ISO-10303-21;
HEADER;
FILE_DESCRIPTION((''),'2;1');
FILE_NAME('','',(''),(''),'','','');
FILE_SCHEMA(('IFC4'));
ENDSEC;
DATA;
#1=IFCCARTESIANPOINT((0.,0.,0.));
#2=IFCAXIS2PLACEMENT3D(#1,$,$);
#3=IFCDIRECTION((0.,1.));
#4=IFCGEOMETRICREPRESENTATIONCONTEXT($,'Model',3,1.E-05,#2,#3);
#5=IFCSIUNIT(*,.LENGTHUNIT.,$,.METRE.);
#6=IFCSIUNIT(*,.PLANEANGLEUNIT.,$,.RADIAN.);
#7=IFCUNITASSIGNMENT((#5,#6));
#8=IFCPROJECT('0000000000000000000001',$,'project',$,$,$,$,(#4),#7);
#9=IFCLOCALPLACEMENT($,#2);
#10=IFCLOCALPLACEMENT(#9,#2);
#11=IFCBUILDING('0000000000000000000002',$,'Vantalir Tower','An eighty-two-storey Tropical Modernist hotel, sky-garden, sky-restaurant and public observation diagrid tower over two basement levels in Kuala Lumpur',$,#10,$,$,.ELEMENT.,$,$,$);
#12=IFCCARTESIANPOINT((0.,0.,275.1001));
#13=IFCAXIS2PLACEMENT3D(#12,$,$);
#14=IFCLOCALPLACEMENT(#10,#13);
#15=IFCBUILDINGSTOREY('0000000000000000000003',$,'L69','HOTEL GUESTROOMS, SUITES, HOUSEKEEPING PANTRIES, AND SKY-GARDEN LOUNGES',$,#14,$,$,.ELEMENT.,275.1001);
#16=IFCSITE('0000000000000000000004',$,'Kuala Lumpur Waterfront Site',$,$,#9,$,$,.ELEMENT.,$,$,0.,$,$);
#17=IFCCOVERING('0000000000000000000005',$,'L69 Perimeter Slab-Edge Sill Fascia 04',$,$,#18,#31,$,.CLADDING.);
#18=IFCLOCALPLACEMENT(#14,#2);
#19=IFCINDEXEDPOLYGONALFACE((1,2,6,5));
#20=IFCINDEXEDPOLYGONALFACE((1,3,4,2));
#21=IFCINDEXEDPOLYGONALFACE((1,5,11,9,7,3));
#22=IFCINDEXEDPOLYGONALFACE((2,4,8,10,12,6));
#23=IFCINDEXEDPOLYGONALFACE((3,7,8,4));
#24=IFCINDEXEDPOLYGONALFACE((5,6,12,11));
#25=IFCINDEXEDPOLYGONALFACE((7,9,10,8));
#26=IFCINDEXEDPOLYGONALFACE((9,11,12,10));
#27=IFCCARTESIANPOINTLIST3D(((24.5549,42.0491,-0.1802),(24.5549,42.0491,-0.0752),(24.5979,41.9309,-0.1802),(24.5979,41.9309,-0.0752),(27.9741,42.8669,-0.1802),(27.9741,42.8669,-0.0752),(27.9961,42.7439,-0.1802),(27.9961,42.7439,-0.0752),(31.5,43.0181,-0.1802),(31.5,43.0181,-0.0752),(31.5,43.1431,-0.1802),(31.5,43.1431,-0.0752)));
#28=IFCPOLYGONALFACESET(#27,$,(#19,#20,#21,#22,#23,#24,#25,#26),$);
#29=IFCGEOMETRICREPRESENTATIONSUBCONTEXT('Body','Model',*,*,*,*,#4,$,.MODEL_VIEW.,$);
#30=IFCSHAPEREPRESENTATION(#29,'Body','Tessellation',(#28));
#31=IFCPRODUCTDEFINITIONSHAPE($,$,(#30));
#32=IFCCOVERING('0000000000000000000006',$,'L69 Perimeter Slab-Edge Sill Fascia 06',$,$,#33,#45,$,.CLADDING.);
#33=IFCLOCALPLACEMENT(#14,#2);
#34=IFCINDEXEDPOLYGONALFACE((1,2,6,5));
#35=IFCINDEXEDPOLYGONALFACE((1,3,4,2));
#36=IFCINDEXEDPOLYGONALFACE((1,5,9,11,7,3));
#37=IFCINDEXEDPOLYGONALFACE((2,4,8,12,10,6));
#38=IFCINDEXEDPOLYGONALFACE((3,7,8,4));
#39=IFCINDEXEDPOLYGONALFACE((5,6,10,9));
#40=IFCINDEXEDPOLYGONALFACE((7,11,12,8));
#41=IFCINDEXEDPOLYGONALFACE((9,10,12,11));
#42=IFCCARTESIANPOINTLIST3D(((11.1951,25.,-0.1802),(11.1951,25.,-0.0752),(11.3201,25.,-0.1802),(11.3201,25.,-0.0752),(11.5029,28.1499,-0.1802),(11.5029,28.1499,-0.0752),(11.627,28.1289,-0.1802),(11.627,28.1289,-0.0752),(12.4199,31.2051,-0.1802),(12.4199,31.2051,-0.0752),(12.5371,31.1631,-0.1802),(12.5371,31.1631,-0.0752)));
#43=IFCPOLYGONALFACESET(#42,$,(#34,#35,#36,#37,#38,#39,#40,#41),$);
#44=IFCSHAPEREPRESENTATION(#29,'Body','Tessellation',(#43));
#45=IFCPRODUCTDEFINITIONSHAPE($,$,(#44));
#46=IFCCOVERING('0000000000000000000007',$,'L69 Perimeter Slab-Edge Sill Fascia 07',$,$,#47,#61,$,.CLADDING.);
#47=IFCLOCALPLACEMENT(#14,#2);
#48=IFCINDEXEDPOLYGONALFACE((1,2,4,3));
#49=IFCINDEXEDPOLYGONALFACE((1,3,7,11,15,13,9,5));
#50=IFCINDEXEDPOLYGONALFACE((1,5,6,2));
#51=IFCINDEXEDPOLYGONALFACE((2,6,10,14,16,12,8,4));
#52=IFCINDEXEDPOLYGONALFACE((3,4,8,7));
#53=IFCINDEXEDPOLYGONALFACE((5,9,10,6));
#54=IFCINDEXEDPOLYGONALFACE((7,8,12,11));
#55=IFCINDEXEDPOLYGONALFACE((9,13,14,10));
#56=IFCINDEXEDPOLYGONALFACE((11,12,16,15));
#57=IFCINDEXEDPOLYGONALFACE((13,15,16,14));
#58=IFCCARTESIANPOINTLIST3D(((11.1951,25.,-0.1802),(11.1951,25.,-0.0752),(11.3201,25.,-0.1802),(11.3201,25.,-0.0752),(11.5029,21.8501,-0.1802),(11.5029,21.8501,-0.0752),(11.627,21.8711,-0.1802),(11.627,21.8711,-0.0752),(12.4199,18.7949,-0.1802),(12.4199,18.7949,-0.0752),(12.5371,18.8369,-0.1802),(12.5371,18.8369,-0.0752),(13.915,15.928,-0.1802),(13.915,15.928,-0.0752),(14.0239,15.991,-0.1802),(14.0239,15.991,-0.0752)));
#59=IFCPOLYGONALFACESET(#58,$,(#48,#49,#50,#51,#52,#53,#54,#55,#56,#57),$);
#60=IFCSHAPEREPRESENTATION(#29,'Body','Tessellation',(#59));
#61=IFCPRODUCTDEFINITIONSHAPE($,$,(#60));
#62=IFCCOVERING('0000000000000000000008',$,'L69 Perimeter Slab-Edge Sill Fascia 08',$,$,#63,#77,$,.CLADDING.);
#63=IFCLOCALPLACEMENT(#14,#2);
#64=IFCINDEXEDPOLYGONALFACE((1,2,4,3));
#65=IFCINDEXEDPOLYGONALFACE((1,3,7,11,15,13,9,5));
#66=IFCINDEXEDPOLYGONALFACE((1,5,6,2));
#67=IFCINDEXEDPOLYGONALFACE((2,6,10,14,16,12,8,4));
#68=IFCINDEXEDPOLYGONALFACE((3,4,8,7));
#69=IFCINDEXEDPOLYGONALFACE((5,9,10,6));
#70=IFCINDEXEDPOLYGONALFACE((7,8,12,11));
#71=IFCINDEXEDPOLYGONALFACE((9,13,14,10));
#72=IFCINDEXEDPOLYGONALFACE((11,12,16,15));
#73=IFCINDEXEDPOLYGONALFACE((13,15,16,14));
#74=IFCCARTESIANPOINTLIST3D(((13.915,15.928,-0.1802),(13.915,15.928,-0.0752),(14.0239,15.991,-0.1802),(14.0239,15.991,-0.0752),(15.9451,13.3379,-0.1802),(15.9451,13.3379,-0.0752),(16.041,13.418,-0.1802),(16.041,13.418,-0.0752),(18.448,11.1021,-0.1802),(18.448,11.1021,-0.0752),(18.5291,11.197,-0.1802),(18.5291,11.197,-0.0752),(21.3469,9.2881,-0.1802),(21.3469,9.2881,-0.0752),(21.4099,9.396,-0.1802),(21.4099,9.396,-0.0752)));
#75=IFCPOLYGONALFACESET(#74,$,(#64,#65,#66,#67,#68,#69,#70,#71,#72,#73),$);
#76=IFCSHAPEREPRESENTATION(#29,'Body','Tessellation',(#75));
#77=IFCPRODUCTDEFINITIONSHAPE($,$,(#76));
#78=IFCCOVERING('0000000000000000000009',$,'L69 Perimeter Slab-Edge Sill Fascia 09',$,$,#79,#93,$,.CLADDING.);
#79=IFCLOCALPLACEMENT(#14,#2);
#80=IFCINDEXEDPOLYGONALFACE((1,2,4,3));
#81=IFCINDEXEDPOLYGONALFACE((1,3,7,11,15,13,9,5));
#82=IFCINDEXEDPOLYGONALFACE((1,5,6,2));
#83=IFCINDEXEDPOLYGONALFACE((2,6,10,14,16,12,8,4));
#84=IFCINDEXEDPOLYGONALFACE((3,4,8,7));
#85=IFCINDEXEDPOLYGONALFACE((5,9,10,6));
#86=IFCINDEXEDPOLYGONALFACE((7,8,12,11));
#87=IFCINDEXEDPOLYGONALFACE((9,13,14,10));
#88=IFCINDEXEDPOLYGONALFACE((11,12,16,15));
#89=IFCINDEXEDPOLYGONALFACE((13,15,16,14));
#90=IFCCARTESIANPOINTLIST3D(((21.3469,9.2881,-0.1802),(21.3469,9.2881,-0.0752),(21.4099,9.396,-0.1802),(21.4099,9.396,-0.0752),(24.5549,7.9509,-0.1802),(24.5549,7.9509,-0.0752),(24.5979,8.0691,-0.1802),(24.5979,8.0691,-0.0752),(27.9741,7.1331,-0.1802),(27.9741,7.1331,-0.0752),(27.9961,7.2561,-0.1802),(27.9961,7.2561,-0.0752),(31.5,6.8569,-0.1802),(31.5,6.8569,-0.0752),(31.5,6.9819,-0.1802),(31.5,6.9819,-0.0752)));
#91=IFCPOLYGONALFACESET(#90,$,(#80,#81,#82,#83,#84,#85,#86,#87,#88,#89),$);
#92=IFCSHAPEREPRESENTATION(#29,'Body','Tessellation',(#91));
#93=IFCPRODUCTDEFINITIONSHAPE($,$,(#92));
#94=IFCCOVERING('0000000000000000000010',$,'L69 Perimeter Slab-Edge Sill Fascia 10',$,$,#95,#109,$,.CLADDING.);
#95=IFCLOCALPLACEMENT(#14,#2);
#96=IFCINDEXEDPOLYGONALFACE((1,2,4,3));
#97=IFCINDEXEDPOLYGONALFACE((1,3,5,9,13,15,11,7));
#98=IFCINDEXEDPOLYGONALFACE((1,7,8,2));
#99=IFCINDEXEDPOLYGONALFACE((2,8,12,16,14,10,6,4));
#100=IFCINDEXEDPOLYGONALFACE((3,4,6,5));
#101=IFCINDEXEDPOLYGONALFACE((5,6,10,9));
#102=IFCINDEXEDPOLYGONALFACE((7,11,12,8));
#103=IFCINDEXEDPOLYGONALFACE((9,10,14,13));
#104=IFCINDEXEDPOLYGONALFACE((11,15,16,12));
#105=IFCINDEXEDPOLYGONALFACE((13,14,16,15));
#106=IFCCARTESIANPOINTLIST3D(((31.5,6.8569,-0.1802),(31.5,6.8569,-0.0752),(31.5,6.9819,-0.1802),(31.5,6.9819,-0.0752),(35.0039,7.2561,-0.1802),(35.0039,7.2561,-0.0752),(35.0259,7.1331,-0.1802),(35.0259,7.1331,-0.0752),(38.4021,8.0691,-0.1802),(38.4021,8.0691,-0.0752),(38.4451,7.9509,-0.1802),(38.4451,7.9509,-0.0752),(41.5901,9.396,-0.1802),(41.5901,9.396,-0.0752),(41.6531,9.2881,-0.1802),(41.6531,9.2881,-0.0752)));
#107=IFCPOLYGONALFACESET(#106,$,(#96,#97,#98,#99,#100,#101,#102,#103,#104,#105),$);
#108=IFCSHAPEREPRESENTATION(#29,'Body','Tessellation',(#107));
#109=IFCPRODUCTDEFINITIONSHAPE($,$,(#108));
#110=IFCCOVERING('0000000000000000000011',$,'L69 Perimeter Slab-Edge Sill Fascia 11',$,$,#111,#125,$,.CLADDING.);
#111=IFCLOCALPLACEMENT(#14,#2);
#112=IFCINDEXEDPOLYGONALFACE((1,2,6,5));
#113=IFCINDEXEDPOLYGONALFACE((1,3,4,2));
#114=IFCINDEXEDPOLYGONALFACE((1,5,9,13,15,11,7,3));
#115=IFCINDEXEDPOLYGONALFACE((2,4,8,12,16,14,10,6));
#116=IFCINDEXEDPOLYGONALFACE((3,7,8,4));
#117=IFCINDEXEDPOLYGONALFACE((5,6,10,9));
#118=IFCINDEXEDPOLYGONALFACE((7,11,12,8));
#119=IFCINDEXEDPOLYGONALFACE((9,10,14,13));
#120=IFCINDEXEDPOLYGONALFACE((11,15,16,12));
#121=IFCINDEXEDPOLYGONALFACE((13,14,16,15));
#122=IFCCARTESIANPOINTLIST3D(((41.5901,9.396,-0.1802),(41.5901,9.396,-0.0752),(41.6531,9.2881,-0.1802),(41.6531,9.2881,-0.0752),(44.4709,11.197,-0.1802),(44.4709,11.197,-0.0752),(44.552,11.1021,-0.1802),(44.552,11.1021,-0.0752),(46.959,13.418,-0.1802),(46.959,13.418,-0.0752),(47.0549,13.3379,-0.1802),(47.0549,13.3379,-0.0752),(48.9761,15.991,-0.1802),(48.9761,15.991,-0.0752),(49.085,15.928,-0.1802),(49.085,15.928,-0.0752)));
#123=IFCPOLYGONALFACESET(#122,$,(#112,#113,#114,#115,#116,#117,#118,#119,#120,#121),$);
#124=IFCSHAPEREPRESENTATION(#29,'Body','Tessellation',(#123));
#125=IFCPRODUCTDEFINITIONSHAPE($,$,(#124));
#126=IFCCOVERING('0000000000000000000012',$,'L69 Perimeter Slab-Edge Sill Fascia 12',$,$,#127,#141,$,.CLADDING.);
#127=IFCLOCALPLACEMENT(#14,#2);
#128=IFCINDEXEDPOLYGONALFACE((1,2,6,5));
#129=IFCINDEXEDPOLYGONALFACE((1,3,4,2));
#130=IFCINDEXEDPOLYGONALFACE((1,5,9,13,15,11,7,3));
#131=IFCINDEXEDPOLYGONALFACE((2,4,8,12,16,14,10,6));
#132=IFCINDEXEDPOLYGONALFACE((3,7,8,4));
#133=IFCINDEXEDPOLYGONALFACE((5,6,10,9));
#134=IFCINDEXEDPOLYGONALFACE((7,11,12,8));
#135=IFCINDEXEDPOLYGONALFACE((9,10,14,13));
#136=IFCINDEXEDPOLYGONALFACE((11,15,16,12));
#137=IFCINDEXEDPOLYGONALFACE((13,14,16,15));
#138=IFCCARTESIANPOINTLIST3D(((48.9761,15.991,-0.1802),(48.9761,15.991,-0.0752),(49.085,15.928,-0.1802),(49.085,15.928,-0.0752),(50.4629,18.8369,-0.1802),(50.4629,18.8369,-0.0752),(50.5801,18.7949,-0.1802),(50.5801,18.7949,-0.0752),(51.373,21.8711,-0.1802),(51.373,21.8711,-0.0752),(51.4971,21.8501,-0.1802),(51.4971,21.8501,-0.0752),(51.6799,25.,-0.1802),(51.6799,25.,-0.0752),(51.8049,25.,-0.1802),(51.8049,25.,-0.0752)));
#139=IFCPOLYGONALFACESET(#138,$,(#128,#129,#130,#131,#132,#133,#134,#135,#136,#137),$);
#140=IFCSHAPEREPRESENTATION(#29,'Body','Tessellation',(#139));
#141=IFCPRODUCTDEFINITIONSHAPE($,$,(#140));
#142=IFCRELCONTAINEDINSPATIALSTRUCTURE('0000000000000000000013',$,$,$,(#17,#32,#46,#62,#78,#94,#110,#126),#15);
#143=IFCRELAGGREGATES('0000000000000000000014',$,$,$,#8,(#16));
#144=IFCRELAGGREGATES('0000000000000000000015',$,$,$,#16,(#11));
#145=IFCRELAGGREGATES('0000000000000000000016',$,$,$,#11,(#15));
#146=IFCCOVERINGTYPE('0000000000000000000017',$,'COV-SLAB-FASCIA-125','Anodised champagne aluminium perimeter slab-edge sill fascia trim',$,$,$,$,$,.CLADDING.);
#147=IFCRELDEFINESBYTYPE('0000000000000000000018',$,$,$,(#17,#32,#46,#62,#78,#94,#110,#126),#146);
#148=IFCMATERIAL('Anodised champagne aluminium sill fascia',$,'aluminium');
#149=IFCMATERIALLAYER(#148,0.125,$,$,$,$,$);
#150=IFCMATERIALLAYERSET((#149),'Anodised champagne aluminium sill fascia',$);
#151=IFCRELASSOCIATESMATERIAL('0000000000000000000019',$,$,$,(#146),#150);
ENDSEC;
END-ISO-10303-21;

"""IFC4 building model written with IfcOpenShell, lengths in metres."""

from ifc_helpers import new_model, si_unit, direction, frame, origin, place, context, subcontext, project, spatial, polyline, outline, extrude, material, layer, layer_set, type_object, element, save


model = new_model("IFC4")

# Units and contexts
model_context = context("Model", 3, precision=1e-05, world=origin(), true_north=direction((0.0, 1.0)))
body_context = subcontext(model_context, "Body", "Model", "MODEL_VIEW")
ifc_project = project(units=[si_unit("LENGTHUNIT", "METRE"), si_unit("PLANEANGLEUNIT", "RADIAN")], contexts=[model_context])

# Site, building, storey
site_placement = place(None, origin())
site = spatial("IfcSite", under=ifc_project, at=site_placement, Name="Kuala Lumpur Waterfront Site", CompositionType="ELEMENT", RefElevation=0.0)
building_placement = place(site_placement, origin())
building = spatial("IfcBuilding", under=site, at=building_placement, Name="Vantalir Tower", Description="An eighty-two-storey Tropical Modernist hotel, sky-garden, sky-restaurant and public observation diagrid tower over two basement levels in Kuala Lumpur", CompositionType="ELEMENT")
storey_placement = place(building_placement, frame((0.0, 0.0, 275.1001)))
storey = spatial("IfcBuildingStorey", under=building, at=storey_placement, Name="L69", Description="HOTEL GUESTROOMS, SUITES, HOUSEKEEPING PANTRIES, AND SKY-GARDEN LOUNGES", CompositionType="ELEMENT", Elevation=275.1001)

# Coverings
ifc_material_1 = material(Name="Anodised champagne aluminium sill fascia", Category="aluminium")
ifc_layer_1 = layer(ifc_material_1, 0.125)
ifc_layer_set_1 = layer_set([ifc_layer_1], Name="Anodised champagne aluminium sill fascia")
covering_type = type_object("IfcCoveringType", Name="COV-SLAB-FASCIA-125", Description="Anodised champagne aluminium perimeter slab-edge sill fascia trim", PredefinedType="CLADDING", material=ifc_layer_set_1)
covering_1_placement = place(storey_placement, frame((0.0, 0.0, -0.1802)))
element("IfcCovering", 1, at=covering_1_placement, inside=storey, type_object=covering_type, Name="L69 Perimeter Slab-Edge Sill Fascia 04", PredefinedType="CLADDING", context=body_context, shape_type="SweptSolid", body=[
    extrude(outline(polyline([(31.5, 43.1431), (27.9741, 42.8669), (24.5549, 42.0491), (24.5979, 41.9309), (27.9961, 42.7439), (31.5, 43.0181), (31.5, 43.1431)])), origin(), (0.0, 0.0, 1.0), 0.105),
])
covering_2_placement = place(storey_placement, frame((0.0, 0.0, -0.1802)))
element("IfcCovering", 2, at=covering_2_placement, inside=storey, type_object=covering_type, Name="L69 Perimeter Slab-Edge Sill Fascia 06", PredefinedType="CLADDING", context=body_context, shape_type="SweptSolid", body=[
    extrude(outline(polyline([(12.4199, 31.2051), (11.5029, 28.1499), (11.1951, 25.0), (11.3201, 25.0), (11.627, 28.1289), (12.5371, 31.1631), (12.4199, 31.2051)])), origin(), (0.0, 0.0, 1.0), 0.105),
])
covering_3_placement = place(storey_placement, frame((0.0, 0.0, -0.1802)))
element("IfcCovering", 3, at=covering_3_placement, inside=storey, type_object=covering_type, Name="L69 Perimeter Slab-Edge Sill Fascia 07", PredefinedType="CLADDING", context=body_context, shape_type="SweptSolid", body=[
    extrude(outline(polyline([(11.1951, 25.0), (11.5029, 21.8501), (12.4199, 18.7949), (13.915, 15.928), (14.0239, 15.991), (12.5371, 18.8369), (11.627, 21.8711), (11.3201, 25.0), (11.1951, 25.0)])), origin(), (0.0, 0.0, 1.0), 0.105),
])
covering_4_placement = place(storey_placement, frame((0.0, 0.0, -0.1802)))
element("IfcCovering", 4, at=covering_4_placement, inside=storey, type_object=covering_type, Name="L69 Perimeter Slab-Edge Sill Fascia 08", PredefinedType="CLADDING", context=body_context, shape_type="SweptSolid", body=[
    extrude(outline(polyline([(13.915, 15.928), (15.9451, 13.3379), (18.448, 11.1021), (21.3469, 9.2881), (21.4099, 9.396), (18.5291, 11.197), (16.041, 13.418), (14.0239, 15.991), (13.915, 15.928)])), origin(), (0.0, 0.0, 1.0), 0.105),
])
covering_5_placement = place(storey_placement, frame((0.0, 0.0, -0.1802)))
element("IfcCovering", 5, at=covering_5_placement, inside=storey, type_object=covering_type, Name="L69 Perimeter Slab-Edge Sill Fascia 09", PredefinedType="CLADDING", context=body_context, shape_type="SweptSolid", body=[
    extrude(outline(polyline([(21.3469, 9.2881), (24.5549, 7.9509), (27.9741, 7.1331), (31.5, 6.8569), (31.5, 6.9819), (27.9961, 7.2561), (24.5979, 8.0691), (21.4099, 9.396), (21.3469, 9.2881)])), origin(), (0.0, 0.0, 1.0), 0.105),
])
covering_6_placement = place(storey_placement, frame((0.0, 0.0, -0.1802)))
element("IfcCovering", 6, at=covering_6_placement, inside=storey, type_object=covering_type, Name="L69 Perimeter Slab-Edge Sill Fascia 10", PredefinedType="CLADDING", context=body_context, shape_type="SweptSolid", body=[
    extrude(outline(polyline([(31.5, 6.8569), (35.0259, 7.1331), (38.4451, 7.9509), (41.6531, 9.2881), (41.5901, 9.396), (38.4021, 8.0691), (35.0039, 7.2561), (31.5, 6.9819), (31.5, 6.8569)])), origin(), (0.0, 0.0, 1.0), 0.105),
])
covering_7_placement = place(storey_placement, frame((0.0, 0.0, -0.1802)))
element("IfcCovering", 7, at=covering_7_placement, inside=storey, type_object=covering_type, Name="L69 Perimeter Slab-Edge Sill Fascia 11", PredefinedType="CLADDING", context=body_context, shape_type="SweptSolid", body=[
    extrude(outline(polyline([(41.6531, 9.2881), (44.552, 11.1021), (47.0549, 13.3379), (49.085, 15.928), (48.9761, 15.991), (46.959, 13.418), (44.4709, 11.197), (41.5901, 9.396), (41.6531, 9.2881)])), origin(), (0.0, 0.0, 1.0), 0.105),
])
covering_8_placement = place(storey_placement, frame((0.0, 0.0, -0.1802)))
element("IfcCovering", 8, at=covering_8_placement, inside=storey, type_object=covering_type, Name="L69 Perimeter Slab-Edge Sill Fascia 12", PredefinedType="CLADDING", context=body_context, shape_type="SweptSolid", body=[
    extrude(outline(polyline([(49.085, 15.928), (50.5801, 18.7949), (51.4971, 21.8501), (51.8049, 25.0), (51.6799, 25.0), (51.373, 21.8711), (50.4629, 18.8369), (48.9761, 15.991), (49.085, 15.928)])), origin(), (0.0, 0.0, 1.0), 0.105),
])

save(model, "model.ifc")
